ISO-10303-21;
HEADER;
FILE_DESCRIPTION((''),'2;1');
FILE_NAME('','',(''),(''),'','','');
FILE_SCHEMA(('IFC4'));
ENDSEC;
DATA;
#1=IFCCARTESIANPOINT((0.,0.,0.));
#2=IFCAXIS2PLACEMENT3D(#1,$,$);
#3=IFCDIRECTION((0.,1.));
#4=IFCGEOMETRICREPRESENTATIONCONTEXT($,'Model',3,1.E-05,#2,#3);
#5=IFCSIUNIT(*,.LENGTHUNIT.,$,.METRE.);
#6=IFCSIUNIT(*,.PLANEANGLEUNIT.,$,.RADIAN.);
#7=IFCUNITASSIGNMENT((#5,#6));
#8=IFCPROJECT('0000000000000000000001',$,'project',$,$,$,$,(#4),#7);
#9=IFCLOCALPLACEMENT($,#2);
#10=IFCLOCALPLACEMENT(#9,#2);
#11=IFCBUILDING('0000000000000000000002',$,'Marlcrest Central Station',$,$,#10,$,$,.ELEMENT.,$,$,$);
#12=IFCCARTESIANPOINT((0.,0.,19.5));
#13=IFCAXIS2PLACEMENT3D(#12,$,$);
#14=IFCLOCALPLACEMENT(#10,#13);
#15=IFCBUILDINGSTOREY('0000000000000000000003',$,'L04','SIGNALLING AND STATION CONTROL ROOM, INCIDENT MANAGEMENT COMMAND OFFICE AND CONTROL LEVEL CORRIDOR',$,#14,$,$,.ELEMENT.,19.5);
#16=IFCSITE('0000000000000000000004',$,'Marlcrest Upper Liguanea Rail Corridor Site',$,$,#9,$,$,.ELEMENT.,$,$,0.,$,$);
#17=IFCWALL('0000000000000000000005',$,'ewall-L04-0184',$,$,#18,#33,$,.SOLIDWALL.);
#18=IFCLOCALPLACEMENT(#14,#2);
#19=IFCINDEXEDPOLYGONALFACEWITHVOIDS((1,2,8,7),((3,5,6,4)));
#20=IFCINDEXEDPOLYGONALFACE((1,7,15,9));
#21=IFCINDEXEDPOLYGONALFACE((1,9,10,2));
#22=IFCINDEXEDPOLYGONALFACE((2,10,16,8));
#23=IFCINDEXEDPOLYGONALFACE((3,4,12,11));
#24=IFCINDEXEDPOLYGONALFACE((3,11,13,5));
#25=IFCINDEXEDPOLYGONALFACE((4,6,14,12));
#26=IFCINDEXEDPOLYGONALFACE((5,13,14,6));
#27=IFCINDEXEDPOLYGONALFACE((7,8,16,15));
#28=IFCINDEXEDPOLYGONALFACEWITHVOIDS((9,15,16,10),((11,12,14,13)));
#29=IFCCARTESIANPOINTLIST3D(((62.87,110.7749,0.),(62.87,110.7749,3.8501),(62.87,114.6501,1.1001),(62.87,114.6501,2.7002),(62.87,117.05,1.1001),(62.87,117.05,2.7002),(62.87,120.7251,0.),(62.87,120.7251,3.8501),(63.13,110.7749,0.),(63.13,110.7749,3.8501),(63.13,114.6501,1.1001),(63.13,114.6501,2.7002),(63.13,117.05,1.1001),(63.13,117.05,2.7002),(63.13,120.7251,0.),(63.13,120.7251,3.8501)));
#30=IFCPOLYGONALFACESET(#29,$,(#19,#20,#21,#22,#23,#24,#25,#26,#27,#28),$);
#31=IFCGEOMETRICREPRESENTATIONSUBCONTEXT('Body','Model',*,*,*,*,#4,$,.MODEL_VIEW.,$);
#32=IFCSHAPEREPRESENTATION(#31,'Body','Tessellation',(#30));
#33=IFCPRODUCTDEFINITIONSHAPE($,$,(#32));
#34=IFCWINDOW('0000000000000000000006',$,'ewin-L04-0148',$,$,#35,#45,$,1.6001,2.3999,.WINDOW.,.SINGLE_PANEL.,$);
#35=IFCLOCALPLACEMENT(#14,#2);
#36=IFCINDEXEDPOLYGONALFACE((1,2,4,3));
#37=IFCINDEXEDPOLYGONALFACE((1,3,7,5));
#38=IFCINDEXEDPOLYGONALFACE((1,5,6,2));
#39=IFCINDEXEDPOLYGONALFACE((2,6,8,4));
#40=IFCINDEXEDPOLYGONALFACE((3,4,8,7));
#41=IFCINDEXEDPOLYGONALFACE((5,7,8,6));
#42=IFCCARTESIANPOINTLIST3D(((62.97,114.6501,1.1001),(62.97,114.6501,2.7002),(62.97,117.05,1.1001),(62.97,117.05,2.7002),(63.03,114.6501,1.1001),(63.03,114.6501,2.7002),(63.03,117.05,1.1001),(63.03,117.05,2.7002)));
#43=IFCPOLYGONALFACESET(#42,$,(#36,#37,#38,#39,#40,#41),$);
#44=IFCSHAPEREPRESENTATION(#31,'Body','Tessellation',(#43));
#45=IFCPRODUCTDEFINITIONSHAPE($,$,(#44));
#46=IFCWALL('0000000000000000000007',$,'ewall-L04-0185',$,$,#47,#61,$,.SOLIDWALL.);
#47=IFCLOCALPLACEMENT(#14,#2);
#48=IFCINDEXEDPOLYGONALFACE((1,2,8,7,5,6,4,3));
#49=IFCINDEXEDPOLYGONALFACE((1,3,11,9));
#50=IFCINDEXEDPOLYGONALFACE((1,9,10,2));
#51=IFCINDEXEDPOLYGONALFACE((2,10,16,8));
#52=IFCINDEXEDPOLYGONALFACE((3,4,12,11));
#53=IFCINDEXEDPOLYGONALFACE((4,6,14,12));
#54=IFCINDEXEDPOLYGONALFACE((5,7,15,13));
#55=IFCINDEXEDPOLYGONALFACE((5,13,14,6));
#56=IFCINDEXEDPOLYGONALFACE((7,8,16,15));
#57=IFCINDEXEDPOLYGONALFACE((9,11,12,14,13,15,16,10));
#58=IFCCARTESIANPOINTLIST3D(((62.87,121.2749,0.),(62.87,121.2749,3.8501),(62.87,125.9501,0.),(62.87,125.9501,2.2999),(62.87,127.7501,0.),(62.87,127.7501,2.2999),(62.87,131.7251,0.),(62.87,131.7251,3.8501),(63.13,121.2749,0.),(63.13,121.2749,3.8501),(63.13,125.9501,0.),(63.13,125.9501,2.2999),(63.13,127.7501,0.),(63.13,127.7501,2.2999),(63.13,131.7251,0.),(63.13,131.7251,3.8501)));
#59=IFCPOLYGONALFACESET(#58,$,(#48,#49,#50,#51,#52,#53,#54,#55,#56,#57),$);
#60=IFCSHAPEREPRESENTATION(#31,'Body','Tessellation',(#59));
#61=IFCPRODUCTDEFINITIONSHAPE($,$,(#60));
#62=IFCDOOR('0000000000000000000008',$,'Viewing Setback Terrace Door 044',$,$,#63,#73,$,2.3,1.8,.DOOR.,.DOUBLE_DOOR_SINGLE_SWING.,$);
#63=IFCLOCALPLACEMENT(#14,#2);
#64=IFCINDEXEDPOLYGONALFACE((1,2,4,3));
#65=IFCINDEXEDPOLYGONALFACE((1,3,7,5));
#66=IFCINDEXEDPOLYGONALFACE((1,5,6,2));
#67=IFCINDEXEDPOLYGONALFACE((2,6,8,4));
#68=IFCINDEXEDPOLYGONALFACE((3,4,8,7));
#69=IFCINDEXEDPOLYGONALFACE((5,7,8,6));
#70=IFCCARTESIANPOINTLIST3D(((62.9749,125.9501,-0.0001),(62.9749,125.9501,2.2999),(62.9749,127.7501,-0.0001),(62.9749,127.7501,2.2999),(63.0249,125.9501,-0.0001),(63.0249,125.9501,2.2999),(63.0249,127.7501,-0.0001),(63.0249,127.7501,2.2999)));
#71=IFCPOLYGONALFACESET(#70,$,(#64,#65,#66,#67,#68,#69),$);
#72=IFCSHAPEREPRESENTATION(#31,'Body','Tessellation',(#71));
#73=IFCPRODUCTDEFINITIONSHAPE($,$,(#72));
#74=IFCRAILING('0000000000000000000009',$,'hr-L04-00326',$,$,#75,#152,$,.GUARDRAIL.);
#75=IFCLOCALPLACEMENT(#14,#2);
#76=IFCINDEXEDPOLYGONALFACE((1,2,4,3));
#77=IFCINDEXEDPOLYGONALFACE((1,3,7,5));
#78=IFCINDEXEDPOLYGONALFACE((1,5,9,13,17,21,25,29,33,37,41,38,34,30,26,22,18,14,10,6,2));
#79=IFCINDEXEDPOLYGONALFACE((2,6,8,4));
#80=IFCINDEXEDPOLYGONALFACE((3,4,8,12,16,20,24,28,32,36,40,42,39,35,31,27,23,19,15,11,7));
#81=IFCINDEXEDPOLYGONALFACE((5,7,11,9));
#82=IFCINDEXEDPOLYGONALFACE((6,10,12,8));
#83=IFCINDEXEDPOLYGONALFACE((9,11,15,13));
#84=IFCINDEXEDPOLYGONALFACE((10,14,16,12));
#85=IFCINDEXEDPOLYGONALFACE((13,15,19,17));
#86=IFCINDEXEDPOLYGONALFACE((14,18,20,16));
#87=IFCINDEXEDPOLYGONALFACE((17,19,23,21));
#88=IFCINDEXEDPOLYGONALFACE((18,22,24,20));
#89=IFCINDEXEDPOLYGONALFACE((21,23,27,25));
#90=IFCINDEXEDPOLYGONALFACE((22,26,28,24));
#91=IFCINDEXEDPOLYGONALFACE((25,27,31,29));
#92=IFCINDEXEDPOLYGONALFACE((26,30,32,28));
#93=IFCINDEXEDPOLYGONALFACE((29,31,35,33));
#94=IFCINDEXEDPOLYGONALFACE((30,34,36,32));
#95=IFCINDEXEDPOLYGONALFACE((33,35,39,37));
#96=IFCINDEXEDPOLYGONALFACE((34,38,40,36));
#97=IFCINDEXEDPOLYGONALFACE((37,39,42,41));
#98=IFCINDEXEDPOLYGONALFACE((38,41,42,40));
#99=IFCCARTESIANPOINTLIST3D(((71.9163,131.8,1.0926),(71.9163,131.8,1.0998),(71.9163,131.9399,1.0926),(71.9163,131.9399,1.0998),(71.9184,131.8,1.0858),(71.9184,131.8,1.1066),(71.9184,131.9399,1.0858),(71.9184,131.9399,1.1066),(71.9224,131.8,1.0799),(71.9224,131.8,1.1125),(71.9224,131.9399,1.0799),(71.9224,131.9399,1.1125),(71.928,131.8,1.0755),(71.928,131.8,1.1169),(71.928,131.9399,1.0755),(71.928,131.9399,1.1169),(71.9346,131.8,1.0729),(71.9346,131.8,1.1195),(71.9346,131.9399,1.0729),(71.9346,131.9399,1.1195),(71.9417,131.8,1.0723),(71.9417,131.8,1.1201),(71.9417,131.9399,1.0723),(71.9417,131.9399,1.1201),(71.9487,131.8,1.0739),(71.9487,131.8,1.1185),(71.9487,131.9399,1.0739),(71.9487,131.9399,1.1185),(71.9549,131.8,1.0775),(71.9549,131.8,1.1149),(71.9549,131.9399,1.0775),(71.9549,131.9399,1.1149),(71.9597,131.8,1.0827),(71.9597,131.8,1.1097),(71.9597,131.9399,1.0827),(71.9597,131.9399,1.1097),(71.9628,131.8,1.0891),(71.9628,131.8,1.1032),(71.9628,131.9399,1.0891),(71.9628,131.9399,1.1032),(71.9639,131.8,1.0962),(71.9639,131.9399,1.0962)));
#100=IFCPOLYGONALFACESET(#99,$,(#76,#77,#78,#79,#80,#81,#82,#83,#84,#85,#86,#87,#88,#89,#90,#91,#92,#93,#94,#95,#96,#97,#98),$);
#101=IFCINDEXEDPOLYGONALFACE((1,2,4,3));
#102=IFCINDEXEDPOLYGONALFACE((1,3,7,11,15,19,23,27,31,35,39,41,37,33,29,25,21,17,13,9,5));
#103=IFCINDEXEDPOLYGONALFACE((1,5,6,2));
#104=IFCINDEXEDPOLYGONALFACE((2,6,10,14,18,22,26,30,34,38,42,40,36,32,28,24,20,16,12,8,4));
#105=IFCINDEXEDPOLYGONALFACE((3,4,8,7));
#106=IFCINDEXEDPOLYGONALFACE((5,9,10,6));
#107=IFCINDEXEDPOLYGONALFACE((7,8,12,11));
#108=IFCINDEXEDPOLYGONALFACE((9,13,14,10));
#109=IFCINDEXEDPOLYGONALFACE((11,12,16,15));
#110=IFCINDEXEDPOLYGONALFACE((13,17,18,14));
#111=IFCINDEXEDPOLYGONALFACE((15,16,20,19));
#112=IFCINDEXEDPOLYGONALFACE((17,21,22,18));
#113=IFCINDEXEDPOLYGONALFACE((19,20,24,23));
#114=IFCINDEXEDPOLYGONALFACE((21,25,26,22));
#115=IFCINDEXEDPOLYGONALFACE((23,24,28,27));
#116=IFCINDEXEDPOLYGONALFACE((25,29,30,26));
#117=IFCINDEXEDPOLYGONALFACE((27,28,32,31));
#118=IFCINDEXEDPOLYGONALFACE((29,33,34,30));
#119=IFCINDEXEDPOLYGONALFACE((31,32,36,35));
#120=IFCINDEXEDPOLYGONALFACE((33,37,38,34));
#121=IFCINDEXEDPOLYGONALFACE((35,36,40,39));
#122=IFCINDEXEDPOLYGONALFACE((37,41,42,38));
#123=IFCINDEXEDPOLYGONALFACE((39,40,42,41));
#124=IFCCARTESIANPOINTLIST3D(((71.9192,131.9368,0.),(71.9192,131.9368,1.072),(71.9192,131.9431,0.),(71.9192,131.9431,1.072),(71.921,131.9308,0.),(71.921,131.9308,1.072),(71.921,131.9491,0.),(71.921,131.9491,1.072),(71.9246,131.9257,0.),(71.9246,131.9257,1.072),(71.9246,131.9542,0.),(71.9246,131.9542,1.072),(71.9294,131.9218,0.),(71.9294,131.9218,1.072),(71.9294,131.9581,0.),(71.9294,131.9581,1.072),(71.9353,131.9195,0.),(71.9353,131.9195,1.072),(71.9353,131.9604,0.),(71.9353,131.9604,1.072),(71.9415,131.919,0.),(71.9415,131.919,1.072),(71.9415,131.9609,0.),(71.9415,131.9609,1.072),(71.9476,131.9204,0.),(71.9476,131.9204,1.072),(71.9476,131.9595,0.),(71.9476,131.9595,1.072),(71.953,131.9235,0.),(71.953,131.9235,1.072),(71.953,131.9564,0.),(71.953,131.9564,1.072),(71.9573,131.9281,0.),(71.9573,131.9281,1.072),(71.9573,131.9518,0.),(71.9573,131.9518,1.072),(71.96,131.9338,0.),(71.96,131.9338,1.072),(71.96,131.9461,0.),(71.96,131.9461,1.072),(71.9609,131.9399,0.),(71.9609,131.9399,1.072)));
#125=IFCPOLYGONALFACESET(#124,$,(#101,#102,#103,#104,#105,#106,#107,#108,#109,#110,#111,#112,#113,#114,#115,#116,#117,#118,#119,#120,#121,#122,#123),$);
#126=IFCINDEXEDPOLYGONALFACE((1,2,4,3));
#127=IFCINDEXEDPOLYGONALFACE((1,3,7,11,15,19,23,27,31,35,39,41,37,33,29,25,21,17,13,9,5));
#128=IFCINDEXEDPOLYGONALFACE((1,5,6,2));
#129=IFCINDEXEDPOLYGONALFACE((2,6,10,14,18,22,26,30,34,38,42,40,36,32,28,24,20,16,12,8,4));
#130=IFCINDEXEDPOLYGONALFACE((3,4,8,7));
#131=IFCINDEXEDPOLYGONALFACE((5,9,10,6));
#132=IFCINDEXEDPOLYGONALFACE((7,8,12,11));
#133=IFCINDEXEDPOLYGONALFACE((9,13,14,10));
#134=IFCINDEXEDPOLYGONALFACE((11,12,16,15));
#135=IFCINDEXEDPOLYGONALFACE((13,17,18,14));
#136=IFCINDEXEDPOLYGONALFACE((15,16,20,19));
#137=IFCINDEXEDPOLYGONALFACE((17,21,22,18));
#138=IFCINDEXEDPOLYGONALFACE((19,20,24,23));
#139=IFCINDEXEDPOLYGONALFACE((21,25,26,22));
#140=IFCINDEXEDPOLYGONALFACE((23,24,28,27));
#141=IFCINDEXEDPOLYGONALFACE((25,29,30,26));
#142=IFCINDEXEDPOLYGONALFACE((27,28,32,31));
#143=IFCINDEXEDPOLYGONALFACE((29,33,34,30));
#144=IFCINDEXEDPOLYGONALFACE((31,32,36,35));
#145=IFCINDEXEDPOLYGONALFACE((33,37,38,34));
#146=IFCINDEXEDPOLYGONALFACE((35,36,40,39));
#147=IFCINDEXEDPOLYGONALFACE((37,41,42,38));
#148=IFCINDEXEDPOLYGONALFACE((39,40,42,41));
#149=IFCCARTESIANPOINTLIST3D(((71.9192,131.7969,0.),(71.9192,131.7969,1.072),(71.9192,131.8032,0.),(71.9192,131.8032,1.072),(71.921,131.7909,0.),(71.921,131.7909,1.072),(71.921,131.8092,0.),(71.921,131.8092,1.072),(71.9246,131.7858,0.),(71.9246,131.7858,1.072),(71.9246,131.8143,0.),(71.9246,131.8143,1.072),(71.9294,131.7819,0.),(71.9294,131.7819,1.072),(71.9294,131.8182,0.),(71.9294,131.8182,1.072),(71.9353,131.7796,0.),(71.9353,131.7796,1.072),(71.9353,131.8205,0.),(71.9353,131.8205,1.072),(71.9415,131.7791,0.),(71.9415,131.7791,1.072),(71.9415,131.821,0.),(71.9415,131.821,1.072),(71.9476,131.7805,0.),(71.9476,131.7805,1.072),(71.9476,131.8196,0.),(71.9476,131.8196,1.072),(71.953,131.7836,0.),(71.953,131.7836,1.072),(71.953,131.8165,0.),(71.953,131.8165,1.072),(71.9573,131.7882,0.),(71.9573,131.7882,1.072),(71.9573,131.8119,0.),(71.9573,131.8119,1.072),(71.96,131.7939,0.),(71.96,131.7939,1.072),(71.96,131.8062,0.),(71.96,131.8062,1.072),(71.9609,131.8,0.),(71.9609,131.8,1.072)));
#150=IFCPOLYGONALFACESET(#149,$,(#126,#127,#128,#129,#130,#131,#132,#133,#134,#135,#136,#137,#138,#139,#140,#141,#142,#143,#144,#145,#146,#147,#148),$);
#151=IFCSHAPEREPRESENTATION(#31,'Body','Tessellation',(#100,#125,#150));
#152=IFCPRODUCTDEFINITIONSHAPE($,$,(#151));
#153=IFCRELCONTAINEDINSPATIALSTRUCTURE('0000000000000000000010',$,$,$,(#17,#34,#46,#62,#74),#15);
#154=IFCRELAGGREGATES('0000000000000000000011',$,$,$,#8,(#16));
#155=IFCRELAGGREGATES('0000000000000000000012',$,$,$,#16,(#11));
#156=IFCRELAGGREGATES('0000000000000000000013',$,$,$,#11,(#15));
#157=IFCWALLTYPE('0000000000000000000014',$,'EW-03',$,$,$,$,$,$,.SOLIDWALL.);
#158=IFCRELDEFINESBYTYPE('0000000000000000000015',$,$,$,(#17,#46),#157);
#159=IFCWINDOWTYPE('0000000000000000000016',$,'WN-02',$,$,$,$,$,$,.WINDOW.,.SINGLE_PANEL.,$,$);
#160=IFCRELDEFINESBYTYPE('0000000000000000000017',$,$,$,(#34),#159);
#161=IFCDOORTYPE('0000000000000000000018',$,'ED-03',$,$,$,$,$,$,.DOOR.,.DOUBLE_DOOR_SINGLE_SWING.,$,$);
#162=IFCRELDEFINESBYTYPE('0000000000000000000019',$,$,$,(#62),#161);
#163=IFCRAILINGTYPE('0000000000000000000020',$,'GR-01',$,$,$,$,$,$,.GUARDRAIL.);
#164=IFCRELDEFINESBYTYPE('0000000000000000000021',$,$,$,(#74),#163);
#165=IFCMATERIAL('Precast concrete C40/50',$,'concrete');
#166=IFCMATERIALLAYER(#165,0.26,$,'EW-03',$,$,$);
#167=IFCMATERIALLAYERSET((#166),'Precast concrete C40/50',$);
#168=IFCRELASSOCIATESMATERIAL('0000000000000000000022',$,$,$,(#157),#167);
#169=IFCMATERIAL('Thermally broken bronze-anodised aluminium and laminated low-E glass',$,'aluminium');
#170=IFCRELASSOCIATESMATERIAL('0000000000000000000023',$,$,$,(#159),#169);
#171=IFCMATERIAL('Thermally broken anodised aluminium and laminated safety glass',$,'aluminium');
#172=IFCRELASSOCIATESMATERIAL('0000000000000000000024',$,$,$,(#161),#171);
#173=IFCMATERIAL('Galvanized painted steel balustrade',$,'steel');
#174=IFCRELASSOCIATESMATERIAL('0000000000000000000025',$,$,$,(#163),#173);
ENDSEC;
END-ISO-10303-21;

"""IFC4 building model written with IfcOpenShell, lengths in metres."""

from ifc_helpers import new_model, si_unit, direction, frame, frame_2d, origin, origin_2d, place, context, subcontext, project, spatial, rectangle, circle, extrude, material, layer, layer_set, type_object, element, fill, save


model = new_model("IFC4")

# Units and contexts
model_context = context("Model", 3, precision=1e-05, world=origin(), true_north=direction((0.0, 1.0)))
body_context = subcontext(model_context, "Body", "Model", "MODEL_VIEW")
ifc_project = project(units=[si_unit("LENGTHUNIT", "METRE"), si_unit("PLANEANGLEUNIT", "RADIAN")], contexts=[model_context])

# Site, building, storey
site_placement = place(None, origin())
site = spatial("IfcSite", under=ifc_project, at=site_placement, Name="Marlcrest Upper Liguanea Rail Corridor Site", CompositionType="ELEMENT", RefElevation=0.0)
building_placement = place(site_placement, origin())
building = spatial("IfcBuilding", under=site, at=building_placement, Name="Marlcrest Central Station", CompositionType="ELEMENT")
storey_placement = place(building_placement, frame((0.0, 0.0, 19.5)))
storey = spatial("IfcBuildingStorey", under=building, at=storey_placement, Name="L04", Description="SIGNALLING AND STATION CONTROL ROOM, INCIDENT MANAGEMENT COMMAND OFFICE AND CONTROL LEVEL CORRIDOR", CompositionType="ELEMENT", Elevation=19.5)

# Shared definitions
ifc_material_1 = material(Name="Precast concrete C40/50", Category="concrete")

# Wall, opening, window
ifc_layer_1 = layer(ifc_material_1, 0.26, Name="EW-03")
ifc_layer_set_1 = layer_set([ifc_layer_1], Name="Precast concrete C40/50")
wall_type_1 = type_object("IfcWallType", Name="EW-03", PredefinedType="SOLIDWALL", material=ifc_layer_set_1)
wall_1_placement = place(storey_placement, frame((63.0, 120.7251, 0.0), z_axis=(0.0, 0.0, 1.0), x_axis=(0.0, -1.0, 0.0)))
wall_1 = element("IfcWall", 1, at=wall_1_placement, inside=storey, type_object=wall_type_1, Name="ewall-L04-0184", PredefinedType="SOLIDWALL", context=body_context, shape_type="SweptSolid", body=[
    extrude(rectangle(XDim=9.9502, YDim=0.26, at=frame_2d((4.9751, 0.0))), origin(), (0.0, 0.0, 1.0), 3.8501),
])
opening_1_placement = place(wall_1_placement, frame((3.675, 0.0, 1.1001)))
opening_1 = element("IfcOpeningElement", 2, at=opening_1_placement, cuts=wall_1, PredefinedType="OPENING", context=body_context, shape_type="SweptSolid", body=[
    extrude(rectangle(XDim=2.3999, YDim=1.6001, at=frame_2d((1.2, 0.8))), frame((0.0, 0.1399, 0.0), z_axis=(0.0, -1.0, 0.0), x_axis=(1.0, 0.0, 0.0)), (0.0, 0.0, 1.0), 0.28),
])
ifc_material_2 = material(Name="Thermally broken bronze-anodised aluminium and laminated low-E glass", Category="aluminium")
window_type = type_object("IfcWindowType", Name="WN-02", PartitioningType="SINGLE_PANEL", PredefinedType="WINDOW", material=ifc_material_2)
window_placement = place(opening_1_placement, origin())
window = element("IfcWindow", 3, at=window_placement, inside=storey, type_object=window_type, Name="ewin-L04-0148", OverallHeight=1.6001, OverallWidth=2.3999, PartitioningType="SINGLE_PANEL", PredefinedType="WINDOW", context=body_context, shape_type="SweptSolid", body=[
    extrude(rectangle(XDim=2.3999, YDim=1.6001, at=frame_2d((1.2, 0.8))), frame((0.0, 0.03, 0.0), z_axis=(0.0, -1.0, 0.0), x_axis=(1.0, 0.0, 0.0)), (0.0, 0.0, 1.0), 0.0601),
])
fill(opening_1, window)

# Wall, opening, door
wall_2_placement = place(storey_placement, frame((63.0, 131.7251, 0.0), z_axis=(0.0, 0.0, 1.0), x_axis=(0.0, -1.0, 0.0)))
wall_2 = element("IfcWall", 4, at=wall_2_placement, inside=storey, type_object=wall_type_1, Name="ewall-L04-0185", PredefinedType="SOLIDWALL", context=body_context, shape_type="SweptSolid", body=[
    extrude(rectangle(XDim=10.4502, YDim=0.26, at=frame_2d((5.2251, 0.0))), origin(), (0.0, 0.0, 1.0), 3.8501),
])
opening_2_placement = place(wall_2_placement, frame((3.9751, 0.0, 0.0)))
opening_2 = element("IfcOpeningElement", 5, at=opening_2_placement, cuts=wall_2, PredefinedType="OPENING", context=body_context, shape_type="SweptSolid", body=[
    extrude(rectangle(XDim=1.8, YDim=2.3, at=frame_2d((0.8999, 1.1499))), frame((0.0, 0.1399, 0.0), z_axis=(0.0, -1.0, 0.0), x_axis=(1.0, 0.0, 0.0)), (0.0, 0.0, 1.0), 0.28),
])
ifc_material_3 = material(Name="Thermally broken anodised aluminium and laminated safety glass", Category="aluminium")
door_type = type_object("IfcDoorType", Name="ED-03", OperationType="DOUBLE_DOOR_SINGLE_SWING", PredefinedType="DOOR", material=ifc_material_3)
door_placement = place(opening_2_placement, origin())
door = element("IfcDoor", 6, at=door_placement, inside=storey, type_object=door_type, Name="Viewing Setback Terrace Door 044", OperationType="DOUBLE_DOOR_SINGLE_SWING", OverallHeight=2.3, OverallWidth=1.8, PredefinedType="DOOR", context=body_context, shape_type="SweptSolid", body=[
    extrude(rectangle(XDim=1.8, YDim=2.3, at=frame_2d((0.8999, 1.1499))), frame((0.0, 0.0249, 0.0), z_axis=(0.0, -1.0, 0.0), x_axis=(1.0, 0.0, 0.0)), (0.0, 0.0, 1.0), 0.05),
])
fill(opening_2, door)

# Railing
ifc_material_4 = material(Name="Galvanized painted steel balustrade", Category="steel")
railing_type = type_object("IfcRailingType", Name="GR-01", PredefinedType="GUARDRAIL", material=ifc_material_4)
railing_1_placement = place(storey_placement, frame((71.9399, 131.9399, 0.0)))
element("IfcRailing", 7, at=railing_1_placement, inside=storey, type_object=railing_type, Name="hr-L04-00326", PredefinedType="GUARDRAIL", context=body_context, shape_type="SweptSolid", body=[
    extrude(circle(Radius=0.0239, at=origin_2d()), frame((0.0, 0.0, 1.0962), z_axis=(0.0, -1.0, 0.0), x_axis=(1.0, 0.0, 0.0)), (0.0, 0.0, 1.0), 0.1399),
    extrude(circle(Radius=0.021, at=origin_2d()), origin(), (0.0, 0.0, 1.0), 1.072),
    extrude(circle(Radius=0.021, at=origin_2d()), frame((0.0, -0.1399, 0.0)), (0.0, 0.0, 1.0), 1.072),
])

save(model, "model.ifc")
